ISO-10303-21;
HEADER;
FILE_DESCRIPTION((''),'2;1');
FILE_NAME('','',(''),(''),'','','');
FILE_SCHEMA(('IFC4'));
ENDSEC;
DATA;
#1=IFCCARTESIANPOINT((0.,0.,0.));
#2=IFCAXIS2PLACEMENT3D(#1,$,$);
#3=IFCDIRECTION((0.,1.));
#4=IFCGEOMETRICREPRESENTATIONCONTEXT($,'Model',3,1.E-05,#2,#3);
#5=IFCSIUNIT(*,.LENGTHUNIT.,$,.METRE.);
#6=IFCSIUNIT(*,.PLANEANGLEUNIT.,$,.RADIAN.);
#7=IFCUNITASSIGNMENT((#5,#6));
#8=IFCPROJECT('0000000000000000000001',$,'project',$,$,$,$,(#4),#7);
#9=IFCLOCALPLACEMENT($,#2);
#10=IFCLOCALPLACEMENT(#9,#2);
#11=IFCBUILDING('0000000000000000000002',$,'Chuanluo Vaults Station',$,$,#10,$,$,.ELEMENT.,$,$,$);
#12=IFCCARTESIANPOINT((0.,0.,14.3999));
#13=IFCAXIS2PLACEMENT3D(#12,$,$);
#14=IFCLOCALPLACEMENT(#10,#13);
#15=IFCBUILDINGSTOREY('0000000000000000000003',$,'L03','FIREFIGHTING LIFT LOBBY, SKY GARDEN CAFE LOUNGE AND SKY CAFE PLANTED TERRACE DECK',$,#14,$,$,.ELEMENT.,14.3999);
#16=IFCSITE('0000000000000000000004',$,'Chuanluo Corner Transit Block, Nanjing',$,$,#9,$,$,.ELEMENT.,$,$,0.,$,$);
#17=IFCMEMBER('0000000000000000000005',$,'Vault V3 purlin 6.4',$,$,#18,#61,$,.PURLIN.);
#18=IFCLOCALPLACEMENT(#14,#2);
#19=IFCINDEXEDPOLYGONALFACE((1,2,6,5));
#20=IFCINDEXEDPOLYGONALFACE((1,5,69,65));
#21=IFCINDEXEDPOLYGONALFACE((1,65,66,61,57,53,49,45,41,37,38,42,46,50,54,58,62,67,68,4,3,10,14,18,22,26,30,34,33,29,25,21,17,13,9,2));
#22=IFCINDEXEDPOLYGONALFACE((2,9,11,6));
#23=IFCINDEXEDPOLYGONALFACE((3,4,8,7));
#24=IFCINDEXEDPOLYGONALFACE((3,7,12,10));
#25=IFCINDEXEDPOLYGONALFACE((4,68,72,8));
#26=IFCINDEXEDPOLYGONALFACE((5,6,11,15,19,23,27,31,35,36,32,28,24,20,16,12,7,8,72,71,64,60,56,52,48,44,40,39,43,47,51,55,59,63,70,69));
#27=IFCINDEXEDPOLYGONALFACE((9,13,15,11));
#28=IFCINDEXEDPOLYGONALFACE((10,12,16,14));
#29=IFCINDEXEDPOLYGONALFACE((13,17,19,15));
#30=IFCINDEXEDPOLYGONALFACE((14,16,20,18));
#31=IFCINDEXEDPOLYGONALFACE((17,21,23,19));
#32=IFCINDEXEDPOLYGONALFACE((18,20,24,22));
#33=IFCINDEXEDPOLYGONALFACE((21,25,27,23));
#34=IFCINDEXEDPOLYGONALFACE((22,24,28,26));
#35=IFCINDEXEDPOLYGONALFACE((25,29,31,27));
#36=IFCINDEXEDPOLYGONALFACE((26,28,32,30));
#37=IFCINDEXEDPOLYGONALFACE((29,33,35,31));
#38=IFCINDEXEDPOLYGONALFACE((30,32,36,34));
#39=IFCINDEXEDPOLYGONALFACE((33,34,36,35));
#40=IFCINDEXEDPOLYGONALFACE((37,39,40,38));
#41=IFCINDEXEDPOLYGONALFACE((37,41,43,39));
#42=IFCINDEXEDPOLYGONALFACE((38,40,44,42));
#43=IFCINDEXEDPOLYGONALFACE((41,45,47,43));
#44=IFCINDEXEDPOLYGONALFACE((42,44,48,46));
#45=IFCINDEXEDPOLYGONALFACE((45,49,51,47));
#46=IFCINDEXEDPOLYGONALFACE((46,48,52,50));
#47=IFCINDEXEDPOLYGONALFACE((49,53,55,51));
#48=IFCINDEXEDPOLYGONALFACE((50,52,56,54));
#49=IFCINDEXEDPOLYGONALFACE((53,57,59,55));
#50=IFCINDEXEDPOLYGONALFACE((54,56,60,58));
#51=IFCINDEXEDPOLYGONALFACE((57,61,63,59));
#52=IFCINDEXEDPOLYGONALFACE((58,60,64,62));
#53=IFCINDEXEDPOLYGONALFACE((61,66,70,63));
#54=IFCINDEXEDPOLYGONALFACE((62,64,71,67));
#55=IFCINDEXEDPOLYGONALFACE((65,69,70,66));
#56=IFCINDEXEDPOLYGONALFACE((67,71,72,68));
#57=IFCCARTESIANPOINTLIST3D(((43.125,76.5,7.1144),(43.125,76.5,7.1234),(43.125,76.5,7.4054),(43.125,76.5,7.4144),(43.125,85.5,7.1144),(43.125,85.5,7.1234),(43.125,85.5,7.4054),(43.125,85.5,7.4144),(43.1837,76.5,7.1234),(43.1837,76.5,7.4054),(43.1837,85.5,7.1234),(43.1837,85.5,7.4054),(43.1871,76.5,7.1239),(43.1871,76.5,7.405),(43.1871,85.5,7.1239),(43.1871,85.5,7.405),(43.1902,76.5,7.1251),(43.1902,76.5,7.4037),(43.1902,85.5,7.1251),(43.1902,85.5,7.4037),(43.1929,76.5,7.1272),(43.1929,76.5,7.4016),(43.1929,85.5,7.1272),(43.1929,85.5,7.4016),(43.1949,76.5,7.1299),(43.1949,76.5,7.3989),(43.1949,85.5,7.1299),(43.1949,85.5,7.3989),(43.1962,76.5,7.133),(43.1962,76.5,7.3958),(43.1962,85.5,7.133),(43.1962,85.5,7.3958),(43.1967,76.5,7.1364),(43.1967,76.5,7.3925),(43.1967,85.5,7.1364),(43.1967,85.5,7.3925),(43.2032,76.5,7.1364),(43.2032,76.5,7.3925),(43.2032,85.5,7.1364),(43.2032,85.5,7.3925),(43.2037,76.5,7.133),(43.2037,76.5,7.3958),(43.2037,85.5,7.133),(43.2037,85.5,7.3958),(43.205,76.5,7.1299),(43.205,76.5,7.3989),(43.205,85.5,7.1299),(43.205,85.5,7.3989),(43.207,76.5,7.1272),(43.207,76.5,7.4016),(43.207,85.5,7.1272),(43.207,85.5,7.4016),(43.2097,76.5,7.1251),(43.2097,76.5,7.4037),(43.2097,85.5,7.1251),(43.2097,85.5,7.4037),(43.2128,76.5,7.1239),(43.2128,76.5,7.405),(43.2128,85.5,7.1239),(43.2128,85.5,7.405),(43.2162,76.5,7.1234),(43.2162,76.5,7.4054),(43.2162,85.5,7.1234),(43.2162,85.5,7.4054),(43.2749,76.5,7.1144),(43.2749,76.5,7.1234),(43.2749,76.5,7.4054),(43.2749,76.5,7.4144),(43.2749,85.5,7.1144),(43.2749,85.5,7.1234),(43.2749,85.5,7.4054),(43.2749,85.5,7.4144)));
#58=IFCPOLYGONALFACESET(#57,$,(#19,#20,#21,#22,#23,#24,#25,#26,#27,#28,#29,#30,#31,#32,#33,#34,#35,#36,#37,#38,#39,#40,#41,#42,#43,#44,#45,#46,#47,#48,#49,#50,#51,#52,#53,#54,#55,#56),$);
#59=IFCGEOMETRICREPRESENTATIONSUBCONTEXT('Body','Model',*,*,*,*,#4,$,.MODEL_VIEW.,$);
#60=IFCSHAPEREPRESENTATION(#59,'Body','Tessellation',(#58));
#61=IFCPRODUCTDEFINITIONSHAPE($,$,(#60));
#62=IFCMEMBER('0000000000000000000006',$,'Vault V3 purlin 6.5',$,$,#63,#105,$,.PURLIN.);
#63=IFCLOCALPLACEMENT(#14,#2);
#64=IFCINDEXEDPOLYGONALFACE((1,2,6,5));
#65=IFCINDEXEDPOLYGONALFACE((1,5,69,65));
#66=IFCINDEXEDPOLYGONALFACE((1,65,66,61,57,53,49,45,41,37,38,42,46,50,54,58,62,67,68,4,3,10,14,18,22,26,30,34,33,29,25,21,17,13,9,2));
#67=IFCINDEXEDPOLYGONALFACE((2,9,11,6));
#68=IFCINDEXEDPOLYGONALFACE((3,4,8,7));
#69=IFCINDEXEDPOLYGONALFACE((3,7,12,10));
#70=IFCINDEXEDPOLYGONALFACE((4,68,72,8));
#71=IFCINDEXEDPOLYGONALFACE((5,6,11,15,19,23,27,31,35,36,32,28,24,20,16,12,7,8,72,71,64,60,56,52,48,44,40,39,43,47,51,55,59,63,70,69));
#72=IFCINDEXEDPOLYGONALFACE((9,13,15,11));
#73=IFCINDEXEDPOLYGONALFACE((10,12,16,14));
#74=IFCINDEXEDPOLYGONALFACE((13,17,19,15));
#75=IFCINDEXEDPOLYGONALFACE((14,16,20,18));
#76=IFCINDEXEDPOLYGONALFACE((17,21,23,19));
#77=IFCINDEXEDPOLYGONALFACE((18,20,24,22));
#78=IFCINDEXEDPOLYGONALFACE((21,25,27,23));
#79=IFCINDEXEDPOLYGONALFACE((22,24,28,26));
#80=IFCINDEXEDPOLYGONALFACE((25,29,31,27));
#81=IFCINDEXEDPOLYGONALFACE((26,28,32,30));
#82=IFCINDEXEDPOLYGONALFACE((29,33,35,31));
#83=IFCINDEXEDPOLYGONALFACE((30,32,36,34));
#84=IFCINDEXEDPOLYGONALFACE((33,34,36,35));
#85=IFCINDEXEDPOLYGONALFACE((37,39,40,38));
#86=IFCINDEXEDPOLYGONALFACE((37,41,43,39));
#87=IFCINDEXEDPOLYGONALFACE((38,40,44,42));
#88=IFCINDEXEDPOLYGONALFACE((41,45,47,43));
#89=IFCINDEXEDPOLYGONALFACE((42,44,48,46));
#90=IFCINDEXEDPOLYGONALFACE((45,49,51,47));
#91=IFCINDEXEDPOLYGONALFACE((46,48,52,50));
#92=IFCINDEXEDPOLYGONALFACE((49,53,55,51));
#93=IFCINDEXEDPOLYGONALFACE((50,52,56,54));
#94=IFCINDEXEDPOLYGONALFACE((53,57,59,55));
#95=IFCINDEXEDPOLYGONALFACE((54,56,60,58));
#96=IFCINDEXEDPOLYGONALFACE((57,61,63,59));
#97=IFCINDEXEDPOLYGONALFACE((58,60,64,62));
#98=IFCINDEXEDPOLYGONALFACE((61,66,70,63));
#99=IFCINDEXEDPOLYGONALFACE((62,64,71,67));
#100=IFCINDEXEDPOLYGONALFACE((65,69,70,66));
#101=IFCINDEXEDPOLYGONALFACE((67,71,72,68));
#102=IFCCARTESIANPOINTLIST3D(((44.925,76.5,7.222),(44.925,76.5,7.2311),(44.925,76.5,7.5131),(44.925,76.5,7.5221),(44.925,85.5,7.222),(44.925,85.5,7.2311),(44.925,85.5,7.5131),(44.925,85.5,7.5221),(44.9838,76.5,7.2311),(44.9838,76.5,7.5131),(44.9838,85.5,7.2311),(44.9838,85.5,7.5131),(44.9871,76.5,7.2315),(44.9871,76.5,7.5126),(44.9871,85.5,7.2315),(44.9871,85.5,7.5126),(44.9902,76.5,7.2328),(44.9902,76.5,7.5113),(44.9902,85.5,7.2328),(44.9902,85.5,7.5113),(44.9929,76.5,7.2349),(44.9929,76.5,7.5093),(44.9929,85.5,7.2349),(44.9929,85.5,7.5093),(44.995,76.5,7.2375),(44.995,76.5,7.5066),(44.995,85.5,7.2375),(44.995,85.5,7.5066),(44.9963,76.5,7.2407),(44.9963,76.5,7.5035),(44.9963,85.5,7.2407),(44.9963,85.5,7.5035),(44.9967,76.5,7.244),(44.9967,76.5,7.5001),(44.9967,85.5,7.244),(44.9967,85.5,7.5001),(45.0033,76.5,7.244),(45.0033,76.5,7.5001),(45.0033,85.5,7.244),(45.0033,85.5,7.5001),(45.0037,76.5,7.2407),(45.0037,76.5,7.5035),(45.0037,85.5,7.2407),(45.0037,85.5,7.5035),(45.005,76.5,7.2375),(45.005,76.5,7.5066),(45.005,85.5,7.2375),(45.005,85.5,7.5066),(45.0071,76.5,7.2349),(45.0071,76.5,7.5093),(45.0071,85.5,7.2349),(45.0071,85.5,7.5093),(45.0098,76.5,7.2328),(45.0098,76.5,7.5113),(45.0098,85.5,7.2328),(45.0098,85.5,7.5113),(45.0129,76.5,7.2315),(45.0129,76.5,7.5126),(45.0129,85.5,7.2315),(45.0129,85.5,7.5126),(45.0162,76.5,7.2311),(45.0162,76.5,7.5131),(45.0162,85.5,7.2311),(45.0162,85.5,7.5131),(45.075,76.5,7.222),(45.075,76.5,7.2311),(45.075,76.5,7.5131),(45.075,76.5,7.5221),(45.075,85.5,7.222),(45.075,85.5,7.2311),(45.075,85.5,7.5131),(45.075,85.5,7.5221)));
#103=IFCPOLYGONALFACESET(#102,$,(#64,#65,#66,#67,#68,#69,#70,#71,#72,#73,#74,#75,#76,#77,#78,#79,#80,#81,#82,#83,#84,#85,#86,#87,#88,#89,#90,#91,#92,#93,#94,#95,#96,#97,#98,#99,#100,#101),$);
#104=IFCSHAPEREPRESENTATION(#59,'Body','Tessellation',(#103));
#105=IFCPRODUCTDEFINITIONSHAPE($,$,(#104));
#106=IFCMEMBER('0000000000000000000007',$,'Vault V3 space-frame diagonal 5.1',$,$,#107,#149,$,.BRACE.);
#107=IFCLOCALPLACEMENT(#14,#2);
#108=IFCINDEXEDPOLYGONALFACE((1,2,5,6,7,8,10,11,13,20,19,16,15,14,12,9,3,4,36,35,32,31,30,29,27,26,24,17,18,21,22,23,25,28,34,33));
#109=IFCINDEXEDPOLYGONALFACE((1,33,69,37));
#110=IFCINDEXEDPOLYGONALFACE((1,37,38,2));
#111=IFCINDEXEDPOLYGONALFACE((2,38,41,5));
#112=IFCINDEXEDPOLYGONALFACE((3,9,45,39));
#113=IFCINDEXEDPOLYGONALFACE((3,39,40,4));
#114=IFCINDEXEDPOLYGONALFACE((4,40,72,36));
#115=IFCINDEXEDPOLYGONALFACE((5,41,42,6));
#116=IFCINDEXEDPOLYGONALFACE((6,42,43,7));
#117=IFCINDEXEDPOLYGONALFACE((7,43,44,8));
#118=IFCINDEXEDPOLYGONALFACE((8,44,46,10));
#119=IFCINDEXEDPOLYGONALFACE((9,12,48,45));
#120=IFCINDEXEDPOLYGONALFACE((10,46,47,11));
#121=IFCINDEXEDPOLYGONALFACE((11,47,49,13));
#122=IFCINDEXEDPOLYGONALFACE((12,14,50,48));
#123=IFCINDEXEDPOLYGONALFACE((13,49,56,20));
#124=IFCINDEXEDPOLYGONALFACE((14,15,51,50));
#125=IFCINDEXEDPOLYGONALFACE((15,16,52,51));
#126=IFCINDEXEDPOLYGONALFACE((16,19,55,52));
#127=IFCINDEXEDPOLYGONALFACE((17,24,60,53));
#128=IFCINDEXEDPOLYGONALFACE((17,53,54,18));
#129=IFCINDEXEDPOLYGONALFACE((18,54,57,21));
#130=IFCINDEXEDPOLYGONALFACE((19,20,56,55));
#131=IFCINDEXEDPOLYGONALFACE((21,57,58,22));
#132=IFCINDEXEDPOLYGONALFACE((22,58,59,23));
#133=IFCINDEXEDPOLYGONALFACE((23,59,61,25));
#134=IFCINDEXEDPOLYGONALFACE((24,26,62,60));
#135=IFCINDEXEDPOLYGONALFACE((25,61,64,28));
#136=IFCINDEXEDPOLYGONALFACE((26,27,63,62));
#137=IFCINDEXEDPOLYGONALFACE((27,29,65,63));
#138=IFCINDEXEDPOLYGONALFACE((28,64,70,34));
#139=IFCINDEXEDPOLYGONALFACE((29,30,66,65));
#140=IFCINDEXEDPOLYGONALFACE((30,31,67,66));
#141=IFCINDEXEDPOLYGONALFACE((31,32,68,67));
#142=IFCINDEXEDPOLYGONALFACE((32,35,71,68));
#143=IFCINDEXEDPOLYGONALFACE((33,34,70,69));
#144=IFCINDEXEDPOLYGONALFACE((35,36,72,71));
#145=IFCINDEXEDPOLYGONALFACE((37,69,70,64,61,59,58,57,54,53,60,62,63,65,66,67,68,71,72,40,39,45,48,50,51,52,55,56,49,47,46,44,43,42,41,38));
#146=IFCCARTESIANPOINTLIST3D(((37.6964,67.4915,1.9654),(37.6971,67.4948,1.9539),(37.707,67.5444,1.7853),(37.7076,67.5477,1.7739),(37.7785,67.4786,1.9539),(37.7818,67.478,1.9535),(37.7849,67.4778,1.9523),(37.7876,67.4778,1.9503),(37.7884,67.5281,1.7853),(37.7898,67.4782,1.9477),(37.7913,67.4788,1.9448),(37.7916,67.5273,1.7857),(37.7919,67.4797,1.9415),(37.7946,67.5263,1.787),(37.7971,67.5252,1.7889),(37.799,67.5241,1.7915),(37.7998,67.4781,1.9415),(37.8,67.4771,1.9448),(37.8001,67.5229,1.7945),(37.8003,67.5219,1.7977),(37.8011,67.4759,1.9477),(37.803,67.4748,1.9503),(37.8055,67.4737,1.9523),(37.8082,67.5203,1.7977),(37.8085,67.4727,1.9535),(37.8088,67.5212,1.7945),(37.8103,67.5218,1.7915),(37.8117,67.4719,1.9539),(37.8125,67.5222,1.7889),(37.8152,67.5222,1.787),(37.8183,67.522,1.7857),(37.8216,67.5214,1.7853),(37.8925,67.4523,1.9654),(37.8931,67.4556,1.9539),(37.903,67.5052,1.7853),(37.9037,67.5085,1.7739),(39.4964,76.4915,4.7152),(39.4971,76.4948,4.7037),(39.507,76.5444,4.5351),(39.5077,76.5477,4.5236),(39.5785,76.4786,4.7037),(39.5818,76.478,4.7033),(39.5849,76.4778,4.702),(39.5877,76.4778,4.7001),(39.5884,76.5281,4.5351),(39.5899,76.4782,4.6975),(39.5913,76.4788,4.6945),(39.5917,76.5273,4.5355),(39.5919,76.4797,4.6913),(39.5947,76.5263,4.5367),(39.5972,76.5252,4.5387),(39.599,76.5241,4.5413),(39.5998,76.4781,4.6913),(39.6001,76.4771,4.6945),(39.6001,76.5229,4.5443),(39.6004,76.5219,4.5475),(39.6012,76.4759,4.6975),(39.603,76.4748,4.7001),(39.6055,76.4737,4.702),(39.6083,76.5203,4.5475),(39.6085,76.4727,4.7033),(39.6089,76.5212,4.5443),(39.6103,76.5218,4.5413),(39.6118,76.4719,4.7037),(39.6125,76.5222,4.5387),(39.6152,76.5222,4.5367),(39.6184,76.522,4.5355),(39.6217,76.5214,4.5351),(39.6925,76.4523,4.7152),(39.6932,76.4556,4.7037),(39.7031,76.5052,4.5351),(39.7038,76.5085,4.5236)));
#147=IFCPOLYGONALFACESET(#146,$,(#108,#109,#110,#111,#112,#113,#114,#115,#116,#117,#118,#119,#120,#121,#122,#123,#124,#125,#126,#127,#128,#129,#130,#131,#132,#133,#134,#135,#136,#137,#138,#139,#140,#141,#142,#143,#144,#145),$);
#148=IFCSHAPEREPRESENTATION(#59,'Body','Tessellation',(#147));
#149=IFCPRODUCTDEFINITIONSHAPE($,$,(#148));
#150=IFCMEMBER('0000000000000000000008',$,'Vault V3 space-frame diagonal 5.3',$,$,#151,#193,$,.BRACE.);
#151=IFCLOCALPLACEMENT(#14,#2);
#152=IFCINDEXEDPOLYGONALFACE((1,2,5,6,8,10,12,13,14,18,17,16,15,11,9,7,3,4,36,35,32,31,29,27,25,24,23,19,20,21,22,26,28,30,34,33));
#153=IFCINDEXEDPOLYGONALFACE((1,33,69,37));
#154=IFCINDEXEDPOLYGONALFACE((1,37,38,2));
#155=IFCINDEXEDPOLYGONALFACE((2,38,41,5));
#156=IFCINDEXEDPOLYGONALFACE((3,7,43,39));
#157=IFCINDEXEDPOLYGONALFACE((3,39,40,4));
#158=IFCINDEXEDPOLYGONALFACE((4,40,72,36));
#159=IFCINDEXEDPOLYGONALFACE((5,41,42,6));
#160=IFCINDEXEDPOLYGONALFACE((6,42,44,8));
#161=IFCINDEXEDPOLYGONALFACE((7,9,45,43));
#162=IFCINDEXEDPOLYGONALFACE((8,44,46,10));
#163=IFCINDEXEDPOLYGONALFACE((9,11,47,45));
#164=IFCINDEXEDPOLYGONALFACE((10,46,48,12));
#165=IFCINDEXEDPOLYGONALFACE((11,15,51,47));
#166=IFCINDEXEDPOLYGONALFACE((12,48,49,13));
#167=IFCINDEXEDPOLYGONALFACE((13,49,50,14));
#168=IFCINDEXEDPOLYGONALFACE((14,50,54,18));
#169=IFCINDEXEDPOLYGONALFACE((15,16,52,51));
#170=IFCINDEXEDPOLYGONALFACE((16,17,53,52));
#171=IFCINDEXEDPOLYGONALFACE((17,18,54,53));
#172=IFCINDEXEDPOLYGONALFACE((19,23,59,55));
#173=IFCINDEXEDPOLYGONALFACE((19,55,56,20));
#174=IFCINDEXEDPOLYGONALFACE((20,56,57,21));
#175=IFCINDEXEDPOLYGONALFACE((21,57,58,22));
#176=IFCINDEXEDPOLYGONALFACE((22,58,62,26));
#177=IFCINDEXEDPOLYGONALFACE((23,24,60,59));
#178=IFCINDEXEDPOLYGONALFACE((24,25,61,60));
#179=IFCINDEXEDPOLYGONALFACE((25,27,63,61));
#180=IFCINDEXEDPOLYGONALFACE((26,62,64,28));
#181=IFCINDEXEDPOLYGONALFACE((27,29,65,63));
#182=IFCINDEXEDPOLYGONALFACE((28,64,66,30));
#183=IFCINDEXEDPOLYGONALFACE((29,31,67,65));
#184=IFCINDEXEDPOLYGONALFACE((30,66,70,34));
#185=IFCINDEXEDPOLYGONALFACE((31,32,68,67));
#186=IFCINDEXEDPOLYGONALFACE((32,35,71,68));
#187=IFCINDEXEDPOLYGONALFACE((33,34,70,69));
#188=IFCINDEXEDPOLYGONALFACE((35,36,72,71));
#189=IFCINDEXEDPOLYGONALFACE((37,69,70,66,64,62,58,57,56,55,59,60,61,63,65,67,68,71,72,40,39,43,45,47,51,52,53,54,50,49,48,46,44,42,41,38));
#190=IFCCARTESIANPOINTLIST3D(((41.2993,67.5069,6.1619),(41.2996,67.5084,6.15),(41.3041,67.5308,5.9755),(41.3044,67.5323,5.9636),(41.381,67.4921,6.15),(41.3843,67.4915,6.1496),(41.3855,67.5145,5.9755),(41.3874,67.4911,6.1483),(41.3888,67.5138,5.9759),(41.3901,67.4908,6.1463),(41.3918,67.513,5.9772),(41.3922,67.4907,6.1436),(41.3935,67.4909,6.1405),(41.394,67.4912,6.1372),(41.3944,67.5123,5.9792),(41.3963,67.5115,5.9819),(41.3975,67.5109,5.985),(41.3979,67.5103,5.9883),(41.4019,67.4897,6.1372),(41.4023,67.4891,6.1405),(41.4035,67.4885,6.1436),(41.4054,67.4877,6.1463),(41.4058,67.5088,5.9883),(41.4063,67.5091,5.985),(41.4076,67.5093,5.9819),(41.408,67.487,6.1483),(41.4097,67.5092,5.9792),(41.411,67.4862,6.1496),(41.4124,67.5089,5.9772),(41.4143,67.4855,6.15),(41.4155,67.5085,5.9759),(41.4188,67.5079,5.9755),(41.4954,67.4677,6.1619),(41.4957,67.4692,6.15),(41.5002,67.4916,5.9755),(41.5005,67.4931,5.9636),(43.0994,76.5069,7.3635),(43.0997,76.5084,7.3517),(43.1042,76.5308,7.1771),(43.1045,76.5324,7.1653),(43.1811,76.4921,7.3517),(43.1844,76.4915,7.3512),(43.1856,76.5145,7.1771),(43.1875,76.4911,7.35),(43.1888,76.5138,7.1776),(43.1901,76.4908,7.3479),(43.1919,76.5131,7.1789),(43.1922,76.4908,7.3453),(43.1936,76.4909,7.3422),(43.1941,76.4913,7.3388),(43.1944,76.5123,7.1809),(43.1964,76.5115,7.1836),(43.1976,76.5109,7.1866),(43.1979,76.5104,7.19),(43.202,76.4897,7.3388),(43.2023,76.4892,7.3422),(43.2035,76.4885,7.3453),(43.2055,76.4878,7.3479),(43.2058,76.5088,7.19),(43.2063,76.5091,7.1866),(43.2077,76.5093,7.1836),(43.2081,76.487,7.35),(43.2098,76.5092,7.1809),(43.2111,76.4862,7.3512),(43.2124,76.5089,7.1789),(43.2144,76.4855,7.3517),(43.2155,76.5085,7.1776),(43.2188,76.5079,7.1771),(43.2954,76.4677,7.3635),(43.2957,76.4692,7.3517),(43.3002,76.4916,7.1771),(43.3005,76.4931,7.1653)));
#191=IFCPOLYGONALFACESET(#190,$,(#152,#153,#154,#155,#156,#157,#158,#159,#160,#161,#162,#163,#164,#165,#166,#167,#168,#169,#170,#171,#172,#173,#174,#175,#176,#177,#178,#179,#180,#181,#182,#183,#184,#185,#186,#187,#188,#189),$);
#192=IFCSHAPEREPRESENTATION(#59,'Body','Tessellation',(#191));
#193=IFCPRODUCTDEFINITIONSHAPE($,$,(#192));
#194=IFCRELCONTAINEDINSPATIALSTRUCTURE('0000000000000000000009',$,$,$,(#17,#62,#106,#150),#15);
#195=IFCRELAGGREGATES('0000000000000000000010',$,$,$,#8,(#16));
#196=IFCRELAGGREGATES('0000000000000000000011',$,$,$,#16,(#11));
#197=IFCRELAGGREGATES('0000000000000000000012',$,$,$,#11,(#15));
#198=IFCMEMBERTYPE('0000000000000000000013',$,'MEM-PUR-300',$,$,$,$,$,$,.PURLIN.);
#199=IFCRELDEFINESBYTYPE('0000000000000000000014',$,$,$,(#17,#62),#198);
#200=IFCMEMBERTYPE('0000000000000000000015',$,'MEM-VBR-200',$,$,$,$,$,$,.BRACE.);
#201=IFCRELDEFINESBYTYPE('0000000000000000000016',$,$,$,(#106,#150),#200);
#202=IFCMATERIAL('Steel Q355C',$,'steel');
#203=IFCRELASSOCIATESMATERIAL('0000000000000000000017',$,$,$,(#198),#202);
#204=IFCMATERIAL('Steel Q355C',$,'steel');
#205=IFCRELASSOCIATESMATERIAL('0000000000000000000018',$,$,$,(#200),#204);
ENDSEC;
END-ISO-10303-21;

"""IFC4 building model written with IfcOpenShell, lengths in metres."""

from ifc_helpers import new_model, si_unit, direction, frame, origin, origin_2d, place, context, subcontext, project, spatial, i_section, extrude, material, material_profile, profile_set, type_object, element, save


model = new_model("IFC4")

# Units and contexts
model_context = context("Model", 3, precision=1e-05, world=origin(), true_north=direction((0.0, 1.0)))
body_context = subcontext(model_context, "Body", "Model", "MODEL_VIEW")
ifc_project = project(units=[si_unit("LENGTHUNIT", "METRE"), si_unit("PLANEANGLEUNIT", "RADIAN")], contexts=[model_context])

# Site, building, storey
site_placement = place(None, origin())
site = spatial("IfcSite", under=ifc_project, at=site_placement, Name="Chuanluo Corner Transit Block, Nanjing", CompositionType="ELEMENT", RefElevation=0.0)
building_placement = place(site_placement, origin())
building = spatial("IfcBuilding", under=site, at=building_placement, Name="Chuanluo Vaults Station", CompositionType="ELEMENT")
storey_placement = place(building_placement, frame((0.0, 0.0, 14.3999)))
storey = spatial("IfcBuildingStorey", under=building, at=storey_placement, Name="L03", Description="FIREFIGHTING LIFT LOBBY, SKY GARDEN CAFE LOUNGE AND SKY CAFE PLANTED TERRACE DECK", CompositionType="ELEMENT", Elevation=14.3999)

# Members
ifc_material_1 = material(Name="Steel Q355C", Category="steel")
ifc_material_profile_1 = material_profile(ifc_material_1, i_section(OverallWidth=0.1499, OverallDepth=0.3, WebThickness=0.0066, FlangeThickness=0.009, FilletRadius=0.0129, at=origin_2d()))
ifc_profile_set_1 = profile_set([ifc_material_profile_1], Name="Steel Q355C")
member_type_1 = type_object("IfcMemberType", Name="MEM-PUR-300", PredefinedType="PURLIN", material=ifc_profile_set_1)
for number, where, z_axis, x_axis, name in (
    (1, (43.2, 76.5, 7.2644), (0.0, 1.0, 0.0), (-1.0, 0.0, 0.0), "Vault V3 purlin 6.4"),
    (2, (45.0, 76.5, 7.3721), (0.0, 1.0, 0.0), (-1.0, 0.0, 0.0), "Vault V3 purlin 6.5"),
):
    element("IfcMember", number, at=place(storey_placement, frame(where, z_axis=z_axis, x_axis=x_axis)), inside=storey, type_object=member_type_1, Name=name, PredefinedType="PURLIN", context=body_context, shape_type="SweptSolid", body=[
        extrude(i_section(OverallWidth=0.1499, OverallDepth=0.3, WebThickness=0.0066, FlangeThickness=0.009, FilletRadius=0.0129, at=origin_2d()), origin(), (0.0, 0.0, 1.0), 9.0),
    ])
ifc_material_2 = material(Name="Steel Q355C", Category="steel")
ifc_material_profile_2 = material_profile(ifc_material_2, i_section(OverallWidth=0.2, OverallDepth=0.2, WebThickness=0.0081, FlangeThickness=0.012, FilletRadius=0.0129, at=origin_2d()))
ifc_profile_set_2 = profile_set([ifc_material_profile_2], Name="Steel Q355C")
member_type_2 = type_object("IfcMemberType", Name="MEM-VBR-200", PredefinedType="BRACE", material=ifc_profile_set_2)
member_1_placement = place(storey_placement, frame((37.8, 67.5, 1.8696), z_axis=(0.187871, 0.93933, 0.286992), x_axis=(-0.98058, 0.196121, 0.0)))
element("IfcMember", 3, at=member_1_placement, inside=storey, type_object=member_type_2, Name="Vault V3 space-frame diagonal 5.1", PredefinedType="BRACE", context=body_context, shape_type="SweptSolid", body=[
    extrude(i_section(OverallWidth=0.2, OverallDepth=0.2, WebThickness=0.0081, FlangeThickness=0.012, FilletRadius=0.0129, at=origin_2d()), origin(), (0.0, 0.0, 1.0), 9.5813),
])
member_2_placement = place(storey_placement, frame((41.3999, 67.5, 6.0627), z_axis=(0.194462, 0.972282, 0.129817), x_axis=(-0.98058, 0.196121, 0.0)))
element("IfcMember", 4, at=member_2_placement, inside=storey, type_object=member_type_2, Name="Vault V3 space-frame diagonal 5.3", PredefinedType="BRACE", context=body_context, shape_type="SweptSolid", body=[
    extrude(i_section(OverallWidth=0.2, OverallDepth=0.2, WebThickness=0.0081, FlangeThickness=0.012, FilletRadius=0.0129, at=origin_2d()), origin(), (0.0, 0.0, 1.0), 9.2566),
])

save(model, "model.ifc")
